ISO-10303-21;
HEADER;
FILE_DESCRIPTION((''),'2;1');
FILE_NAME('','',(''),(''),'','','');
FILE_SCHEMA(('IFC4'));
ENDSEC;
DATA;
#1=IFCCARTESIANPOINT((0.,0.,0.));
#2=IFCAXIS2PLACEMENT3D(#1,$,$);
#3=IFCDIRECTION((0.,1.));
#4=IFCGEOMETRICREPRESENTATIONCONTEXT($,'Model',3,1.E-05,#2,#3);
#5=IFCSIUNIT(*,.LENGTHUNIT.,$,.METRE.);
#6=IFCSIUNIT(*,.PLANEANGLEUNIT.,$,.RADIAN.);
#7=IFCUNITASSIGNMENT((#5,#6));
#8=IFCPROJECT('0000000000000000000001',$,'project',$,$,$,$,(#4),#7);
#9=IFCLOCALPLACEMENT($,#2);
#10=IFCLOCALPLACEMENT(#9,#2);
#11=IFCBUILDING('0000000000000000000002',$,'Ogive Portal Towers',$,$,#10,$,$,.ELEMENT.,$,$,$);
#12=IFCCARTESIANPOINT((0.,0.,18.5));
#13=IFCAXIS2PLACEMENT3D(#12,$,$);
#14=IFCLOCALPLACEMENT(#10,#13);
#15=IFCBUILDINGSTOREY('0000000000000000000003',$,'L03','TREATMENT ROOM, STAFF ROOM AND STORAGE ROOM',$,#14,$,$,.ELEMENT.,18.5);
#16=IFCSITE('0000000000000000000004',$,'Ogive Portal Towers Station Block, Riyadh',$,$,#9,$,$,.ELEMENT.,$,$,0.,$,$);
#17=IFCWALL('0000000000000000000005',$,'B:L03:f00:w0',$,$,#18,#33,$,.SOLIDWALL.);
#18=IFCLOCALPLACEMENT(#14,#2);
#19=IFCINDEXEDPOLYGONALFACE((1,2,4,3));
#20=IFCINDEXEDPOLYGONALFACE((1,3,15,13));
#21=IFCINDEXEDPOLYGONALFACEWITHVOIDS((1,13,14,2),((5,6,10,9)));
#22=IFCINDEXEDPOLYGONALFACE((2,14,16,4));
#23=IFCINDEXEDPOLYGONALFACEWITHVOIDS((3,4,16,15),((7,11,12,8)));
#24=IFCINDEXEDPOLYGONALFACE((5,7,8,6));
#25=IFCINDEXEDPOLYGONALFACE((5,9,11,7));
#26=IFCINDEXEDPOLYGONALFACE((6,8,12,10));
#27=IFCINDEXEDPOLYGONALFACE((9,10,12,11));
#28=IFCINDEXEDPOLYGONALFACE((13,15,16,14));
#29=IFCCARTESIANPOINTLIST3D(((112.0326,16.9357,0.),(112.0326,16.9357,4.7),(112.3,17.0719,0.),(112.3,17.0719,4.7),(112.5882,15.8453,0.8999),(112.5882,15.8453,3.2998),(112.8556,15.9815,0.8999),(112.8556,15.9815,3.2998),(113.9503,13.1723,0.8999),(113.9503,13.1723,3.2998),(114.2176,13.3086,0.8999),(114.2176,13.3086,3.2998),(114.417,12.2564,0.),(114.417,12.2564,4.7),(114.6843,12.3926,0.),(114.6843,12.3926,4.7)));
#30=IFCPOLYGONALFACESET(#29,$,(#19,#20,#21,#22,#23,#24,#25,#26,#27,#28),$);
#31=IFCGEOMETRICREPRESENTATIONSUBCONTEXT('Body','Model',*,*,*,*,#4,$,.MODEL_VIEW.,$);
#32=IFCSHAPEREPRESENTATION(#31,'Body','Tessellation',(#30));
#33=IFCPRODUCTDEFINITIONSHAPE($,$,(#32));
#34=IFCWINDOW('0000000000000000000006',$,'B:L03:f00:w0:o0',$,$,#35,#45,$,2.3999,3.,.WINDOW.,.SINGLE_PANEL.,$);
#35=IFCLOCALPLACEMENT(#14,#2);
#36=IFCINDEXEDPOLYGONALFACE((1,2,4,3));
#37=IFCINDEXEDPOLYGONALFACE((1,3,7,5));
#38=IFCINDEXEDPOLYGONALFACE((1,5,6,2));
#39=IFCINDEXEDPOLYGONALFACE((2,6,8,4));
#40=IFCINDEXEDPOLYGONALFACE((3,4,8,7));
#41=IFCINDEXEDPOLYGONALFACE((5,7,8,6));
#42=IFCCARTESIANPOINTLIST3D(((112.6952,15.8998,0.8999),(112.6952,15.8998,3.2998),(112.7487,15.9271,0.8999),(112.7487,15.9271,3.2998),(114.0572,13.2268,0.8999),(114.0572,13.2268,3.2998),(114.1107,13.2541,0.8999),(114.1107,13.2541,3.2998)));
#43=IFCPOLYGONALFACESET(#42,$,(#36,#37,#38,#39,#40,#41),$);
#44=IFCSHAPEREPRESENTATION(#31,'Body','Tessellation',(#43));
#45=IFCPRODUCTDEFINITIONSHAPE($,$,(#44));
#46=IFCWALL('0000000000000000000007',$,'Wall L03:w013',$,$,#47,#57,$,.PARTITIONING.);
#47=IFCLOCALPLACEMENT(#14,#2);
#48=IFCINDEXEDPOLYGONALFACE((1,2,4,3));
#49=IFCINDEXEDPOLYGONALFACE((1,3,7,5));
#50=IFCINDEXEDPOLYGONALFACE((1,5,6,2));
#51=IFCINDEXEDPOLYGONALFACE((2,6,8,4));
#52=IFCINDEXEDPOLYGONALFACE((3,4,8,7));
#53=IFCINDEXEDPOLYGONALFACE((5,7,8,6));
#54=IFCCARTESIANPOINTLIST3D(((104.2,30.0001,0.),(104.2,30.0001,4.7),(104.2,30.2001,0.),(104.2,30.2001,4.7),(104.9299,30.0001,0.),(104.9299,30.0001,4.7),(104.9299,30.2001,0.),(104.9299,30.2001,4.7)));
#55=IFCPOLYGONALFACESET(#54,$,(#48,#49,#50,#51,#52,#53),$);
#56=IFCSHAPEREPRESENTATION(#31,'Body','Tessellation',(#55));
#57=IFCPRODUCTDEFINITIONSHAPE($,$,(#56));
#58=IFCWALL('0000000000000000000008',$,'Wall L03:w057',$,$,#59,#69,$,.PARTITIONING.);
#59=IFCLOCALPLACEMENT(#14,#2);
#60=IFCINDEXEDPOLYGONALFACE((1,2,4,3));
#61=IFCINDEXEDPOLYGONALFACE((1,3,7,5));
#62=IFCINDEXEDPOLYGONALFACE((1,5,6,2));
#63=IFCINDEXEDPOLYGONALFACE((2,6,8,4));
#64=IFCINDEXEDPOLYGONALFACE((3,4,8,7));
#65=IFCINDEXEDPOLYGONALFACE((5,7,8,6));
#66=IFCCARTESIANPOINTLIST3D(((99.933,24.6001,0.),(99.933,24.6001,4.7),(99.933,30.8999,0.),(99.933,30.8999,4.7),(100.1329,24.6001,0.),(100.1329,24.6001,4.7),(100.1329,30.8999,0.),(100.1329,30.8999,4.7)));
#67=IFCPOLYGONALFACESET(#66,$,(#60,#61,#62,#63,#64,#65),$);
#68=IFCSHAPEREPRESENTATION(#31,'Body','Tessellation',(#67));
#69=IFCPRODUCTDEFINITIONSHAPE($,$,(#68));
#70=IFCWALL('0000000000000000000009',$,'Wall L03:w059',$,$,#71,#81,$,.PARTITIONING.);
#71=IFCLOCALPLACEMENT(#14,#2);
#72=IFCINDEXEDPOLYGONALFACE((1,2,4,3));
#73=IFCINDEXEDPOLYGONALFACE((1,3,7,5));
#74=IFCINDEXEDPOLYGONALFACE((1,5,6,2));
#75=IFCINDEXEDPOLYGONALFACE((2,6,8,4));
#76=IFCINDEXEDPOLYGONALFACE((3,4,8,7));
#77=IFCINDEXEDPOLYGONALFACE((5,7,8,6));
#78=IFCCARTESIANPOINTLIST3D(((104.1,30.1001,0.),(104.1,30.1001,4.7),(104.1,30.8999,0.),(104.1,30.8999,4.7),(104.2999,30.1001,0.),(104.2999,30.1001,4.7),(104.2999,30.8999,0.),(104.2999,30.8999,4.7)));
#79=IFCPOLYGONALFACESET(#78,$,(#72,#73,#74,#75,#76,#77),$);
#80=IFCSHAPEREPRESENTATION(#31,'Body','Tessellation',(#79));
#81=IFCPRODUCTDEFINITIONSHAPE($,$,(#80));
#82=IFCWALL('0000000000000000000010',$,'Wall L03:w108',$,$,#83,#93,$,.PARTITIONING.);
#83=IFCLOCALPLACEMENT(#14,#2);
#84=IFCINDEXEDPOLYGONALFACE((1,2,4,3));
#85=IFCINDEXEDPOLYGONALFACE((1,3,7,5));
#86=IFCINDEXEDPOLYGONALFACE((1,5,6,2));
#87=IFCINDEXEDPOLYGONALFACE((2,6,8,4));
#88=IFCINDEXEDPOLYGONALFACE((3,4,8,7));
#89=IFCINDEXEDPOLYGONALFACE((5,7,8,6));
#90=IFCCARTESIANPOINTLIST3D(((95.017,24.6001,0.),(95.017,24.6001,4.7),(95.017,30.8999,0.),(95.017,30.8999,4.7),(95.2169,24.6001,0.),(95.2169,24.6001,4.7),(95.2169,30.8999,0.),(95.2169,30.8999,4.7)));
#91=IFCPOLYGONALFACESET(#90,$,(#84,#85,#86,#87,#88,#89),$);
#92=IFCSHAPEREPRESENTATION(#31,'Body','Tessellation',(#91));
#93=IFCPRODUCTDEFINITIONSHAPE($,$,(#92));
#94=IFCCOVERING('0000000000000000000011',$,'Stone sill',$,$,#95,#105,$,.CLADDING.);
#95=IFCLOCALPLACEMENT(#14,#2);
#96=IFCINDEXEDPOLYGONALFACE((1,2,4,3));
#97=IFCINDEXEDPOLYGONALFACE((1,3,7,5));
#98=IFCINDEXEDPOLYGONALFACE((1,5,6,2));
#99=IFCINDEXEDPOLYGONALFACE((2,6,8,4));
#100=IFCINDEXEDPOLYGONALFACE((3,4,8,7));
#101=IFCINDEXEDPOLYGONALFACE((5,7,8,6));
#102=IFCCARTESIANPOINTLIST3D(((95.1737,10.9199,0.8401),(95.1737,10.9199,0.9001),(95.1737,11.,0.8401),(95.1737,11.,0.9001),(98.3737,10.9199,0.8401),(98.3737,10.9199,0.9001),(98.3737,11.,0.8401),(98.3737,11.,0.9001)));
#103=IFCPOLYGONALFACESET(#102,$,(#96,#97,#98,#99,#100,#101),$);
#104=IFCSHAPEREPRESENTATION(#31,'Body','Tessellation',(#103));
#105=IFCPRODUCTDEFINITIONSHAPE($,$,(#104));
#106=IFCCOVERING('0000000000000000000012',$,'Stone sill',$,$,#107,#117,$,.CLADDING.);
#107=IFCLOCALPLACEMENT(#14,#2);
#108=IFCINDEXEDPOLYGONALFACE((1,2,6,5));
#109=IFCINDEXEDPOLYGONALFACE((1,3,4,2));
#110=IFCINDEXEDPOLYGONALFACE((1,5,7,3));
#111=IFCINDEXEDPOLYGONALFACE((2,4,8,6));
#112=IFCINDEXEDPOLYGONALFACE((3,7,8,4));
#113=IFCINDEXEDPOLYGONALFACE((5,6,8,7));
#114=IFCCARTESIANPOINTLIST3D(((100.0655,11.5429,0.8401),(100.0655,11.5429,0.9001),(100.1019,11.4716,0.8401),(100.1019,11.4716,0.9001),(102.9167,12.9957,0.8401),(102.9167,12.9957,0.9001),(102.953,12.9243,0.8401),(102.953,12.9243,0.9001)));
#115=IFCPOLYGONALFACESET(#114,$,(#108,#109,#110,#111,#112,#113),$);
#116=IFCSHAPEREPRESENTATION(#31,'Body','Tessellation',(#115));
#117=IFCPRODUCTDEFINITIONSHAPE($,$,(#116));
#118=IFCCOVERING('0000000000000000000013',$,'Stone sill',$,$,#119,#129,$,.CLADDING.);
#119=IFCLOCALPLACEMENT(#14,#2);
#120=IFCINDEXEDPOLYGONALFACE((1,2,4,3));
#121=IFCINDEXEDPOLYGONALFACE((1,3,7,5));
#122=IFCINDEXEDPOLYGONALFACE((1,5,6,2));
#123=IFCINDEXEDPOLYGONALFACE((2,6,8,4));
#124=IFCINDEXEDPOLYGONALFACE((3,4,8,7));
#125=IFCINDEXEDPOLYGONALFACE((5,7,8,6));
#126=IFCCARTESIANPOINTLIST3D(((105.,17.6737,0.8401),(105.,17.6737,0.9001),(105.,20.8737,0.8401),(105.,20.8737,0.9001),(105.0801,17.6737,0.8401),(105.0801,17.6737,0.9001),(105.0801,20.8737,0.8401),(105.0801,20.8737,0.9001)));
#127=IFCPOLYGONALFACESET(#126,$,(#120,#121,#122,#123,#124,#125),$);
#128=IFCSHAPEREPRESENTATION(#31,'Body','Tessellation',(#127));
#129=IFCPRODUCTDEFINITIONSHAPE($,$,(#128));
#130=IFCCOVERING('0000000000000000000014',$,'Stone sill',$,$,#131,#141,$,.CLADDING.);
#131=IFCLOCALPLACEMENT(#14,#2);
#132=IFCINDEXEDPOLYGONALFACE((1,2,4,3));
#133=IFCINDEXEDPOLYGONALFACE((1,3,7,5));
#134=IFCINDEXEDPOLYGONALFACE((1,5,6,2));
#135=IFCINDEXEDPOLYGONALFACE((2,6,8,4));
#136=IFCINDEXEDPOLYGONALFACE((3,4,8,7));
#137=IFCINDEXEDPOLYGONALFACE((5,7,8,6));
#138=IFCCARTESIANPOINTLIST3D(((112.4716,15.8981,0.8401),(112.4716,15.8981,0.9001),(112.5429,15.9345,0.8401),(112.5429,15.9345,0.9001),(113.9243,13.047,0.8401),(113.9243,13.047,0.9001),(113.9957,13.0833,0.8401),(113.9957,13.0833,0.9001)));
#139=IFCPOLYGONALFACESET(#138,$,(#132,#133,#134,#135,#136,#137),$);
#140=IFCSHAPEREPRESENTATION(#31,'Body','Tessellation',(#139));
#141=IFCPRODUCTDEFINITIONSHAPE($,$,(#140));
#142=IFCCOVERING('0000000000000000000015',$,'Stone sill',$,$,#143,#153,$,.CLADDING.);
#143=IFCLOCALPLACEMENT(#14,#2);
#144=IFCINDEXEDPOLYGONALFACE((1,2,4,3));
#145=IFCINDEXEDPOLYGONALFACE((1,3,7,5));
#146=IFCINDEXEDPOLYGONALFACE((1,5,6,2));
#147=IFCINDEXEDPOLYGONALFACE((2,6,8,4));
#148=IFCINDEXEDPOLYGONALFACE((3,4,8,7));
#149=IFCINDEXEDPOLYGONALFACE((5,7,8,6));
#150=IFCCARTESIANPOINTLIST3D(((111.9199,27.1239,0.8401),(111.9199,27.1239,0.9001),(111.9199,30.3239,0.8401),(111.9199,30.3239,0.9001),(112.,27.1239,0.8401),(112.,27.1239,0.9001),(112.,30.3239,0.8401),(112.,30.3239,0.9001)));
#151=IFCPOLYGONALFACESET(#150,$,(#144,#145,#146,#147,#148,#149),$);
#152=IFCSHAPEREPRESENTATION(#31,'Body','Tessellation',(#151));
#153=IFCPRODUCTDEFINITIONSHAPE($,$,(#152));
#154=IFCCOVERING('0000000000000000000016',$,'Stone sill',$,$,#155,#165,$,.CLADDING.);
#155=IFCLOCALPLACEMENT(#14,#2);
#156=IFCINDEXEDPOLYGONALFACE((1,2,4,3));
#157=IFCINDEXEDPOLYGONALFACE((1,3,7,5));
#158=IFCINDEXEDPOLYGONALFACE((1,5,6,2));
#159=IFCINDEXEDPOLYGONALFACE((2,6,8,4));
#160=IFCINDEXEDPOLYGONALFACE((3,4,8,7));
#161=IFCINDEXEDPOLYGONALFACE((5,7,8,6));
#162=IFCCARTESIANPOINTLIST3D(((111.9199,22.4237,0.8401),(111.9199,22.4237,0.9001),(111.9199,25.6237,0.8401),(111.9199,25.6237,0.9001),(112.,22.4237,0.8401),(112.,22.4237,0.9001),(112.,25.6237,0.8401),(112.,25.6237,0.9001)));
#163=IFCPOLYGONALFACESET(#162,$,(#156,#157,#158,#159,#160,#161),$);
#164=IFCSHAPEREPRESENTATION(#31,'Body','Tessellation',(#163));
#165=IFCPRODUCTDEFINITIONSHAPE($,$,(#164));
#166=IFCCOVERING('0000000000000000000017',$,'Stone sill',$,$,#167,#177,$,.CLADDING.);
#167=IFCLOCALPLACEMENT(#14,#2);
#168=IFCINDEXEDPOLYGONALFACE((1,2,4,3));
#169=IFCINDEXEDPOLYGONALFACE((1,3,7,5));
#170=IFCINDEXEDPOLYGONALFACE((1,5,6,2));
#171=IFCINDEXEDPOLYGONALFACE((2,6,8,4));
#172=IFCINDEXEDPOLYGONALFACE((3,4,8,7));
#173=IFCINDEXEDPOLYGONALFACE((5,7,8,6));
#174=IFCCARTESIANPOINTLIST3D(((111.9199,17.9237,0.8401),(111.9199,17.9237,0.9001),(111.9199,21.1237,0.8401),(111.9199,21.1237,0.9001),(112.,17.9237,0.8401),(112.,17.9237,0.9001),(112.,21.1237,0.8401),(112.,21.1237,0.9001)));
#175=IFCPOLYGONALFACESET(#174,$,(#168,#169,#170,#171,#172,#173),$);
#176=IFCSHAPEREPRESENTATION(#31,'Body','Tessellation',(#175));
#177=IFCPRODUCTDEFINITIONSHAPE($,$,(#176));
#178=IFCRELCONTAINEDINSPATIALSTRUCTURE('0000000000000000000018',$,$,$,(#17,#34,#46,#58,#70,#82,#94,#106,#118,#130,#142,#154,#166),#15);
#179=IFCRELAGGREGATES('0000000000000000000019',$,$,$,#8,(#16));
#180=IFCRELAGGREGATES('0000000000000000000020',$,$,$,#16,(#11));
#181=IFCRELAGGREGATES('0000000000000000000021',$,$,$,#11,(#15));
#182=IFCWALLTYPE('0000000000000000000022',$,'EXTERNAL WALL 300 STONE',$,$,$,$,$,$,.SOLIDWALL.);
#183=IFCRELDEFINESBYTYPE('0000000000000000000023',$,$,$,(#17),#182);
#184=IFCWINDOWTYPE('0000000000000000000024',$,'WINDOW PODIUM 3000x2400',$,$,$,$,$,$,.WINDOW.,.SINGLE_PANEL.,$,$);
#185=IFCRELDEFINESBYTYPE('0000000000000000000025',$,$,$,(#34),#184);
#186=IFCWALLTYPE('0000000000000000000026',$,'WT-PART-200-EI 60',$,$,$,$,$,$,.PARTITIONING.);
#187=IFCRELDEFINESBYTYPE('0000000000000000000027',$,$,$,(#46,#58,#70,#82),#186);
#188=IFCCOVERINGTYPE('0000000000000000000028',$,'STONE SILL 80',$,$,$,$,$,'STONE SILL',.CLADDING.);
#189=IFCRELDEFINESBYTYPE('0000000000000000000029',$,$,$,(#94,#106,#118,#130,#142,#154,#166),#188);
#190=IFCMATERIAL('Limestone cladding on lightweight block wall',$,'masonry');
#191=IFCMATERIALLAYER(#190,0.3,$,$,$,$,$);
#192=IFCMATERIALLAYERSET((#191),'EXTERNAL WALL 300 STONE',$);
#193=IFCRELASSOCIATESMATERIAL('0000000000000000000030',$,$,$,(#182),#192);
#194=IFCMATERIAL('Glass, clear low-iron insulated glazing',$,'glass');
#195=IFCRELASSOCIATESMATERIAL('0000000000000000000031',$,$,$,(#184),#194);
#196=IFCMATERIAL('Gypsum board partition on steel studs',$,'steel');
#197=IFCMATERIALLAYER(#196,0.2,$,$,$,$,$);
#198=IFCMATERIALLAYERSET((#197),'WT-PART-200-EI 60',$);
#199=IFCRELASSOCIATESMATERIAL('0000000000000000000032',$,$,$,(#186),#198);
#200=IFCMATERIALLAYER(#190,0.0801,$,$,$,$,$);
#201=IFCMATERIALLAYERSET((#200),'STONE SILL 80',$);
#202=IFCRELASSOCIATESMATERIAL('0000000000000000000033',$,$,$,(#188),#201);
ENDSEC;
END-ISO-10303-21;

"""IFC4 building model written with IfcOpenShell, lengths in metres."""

from ifc_helpers import new_model, si_unit, direction, frame, frame_2d, origin, origin_2d, place, context, subcontext, project, spatial, rectangle, extrude, material, layer, layer_set, type_object, element, fill, save


model = new_model("IFC4")

# Units and contexts
model_context = context("Model", 3, precision=1e-05, world=origin(), true_north=direction((0.0, 1.0)))
body_context = subcontext(model_context, "Body", "Model", "MODEL_VIEW")
ifc_project = project(units=[si_unit("LENGTHUNIT", "METRE"), si_unit("PLANEANGLEUNIT", "RADIAN")], contexts=[model_context])

# Site, building, storey
site_placement = place(None, origin())
site = spatial("IfcSite", under=ifc_project, at=site_placement, Name="Ogive Portal Towers Station Block, Riyadh", CompositionType="ELEMENT", RefElevation=0.0)
building_placement = place(site_placement, origin())
building = spatial("IfcBuilding", under=site, at=building_placement, Name="Ogive Portal Towers", CompositionType="ELEMENT")
storey_placement = place(building_placement, frame((0.0, 0.0, 18.5)))
storey = spatial("IfcBuildingStorey", under=building, at=storey_placement, Name="L03", Description="TREATMENT ROOM, STAFF ROOM AND STORAGE ROOM", CompositionType="ELEMENT", Elevation=18.5)

# Shared definitions
ifc_material_1 = material(Name="Limestone cladding on lightweight block wall", Category="masonry")
ifc_layer_1 = layer(ifc_material_1, 0.3)
ifc_layer_set_1 = layer_set([ifc_layer_1], Name="EXTERNAL WALL 300 STONE")
wall_type_1 = type_object("IfcWallType", Name="EXTERNAL WALL 300 STONE", PredefinedType="SOLIDWALL", material=ifc_layer_set_1)
ifc_material_2 = material(Name="Glass, clear low-iron insulated glazing", Category="glass")
window_type = type_object("IfcWindowType", Name="WINDOW PODIUM 3000x2400", PartitioningType="SINGLE_PANEL", PredefinedType="WINDOW", material=ifc_material_2)

# Wall, opening, window
wall_1_placement = place(storey_placement, frame((112.1663, 17.0039, 0.0), z_axis=(0.0, 0.0, 1.0), x_axis=(0.454007, -0.890998, 0.0)))
wall_1 = element("IfcWall", 1, at=wall_1_placement, inside=storey, type_object=wall_type_1, Name="B:L03:f00:w0", PredefinedType="SOLIDWALL", context=body_context, shape_type="SweptSolid", body=[
    extrude(rectangle(XDim=5.2517, YDim=0.3, at=frame_2d((2.626, 0.0))), origin(), (0.0, 0.0, 1.0), 4.7),
])
opening_1_placement = place(wall_1_placement, frame((1.2239, 0.0, 0.8999)))
opening_1 = element("IfcOpeningElement", 2, at=opening_1_placement, cuts=wall_1, PredefinedType="OPENING", context=body_context, shape_type="SweptSolid", body=[
    extrude(rectangle(XDim=3.0, YDim=2.3999, at=frame_2d((1.5, 1.2))), frame((0.0, 0.1602, 0.0), z_axis=(0.0, -1.0, 0.0), x_axis=(1.0, 0.0, 0.0)), (0.0, 0.0, 1.0), 0.3201),
])
window_1_placement = place(opening_1_placement, origin())
window_1 = element("IfcWindow", 3, at=window_1_placement, inside=storey, type_object=window_type, Name="B:L03:f00:w0:o0", OverallHeight=2.3999, OverallWidth=3.0, PartitioningType="SINGLE_PANEL", PredefinedType="WINDOW", context=body_context, shape_type="SweptSolid", body=[
    extrude(rectangle(XDim=3.0, YDim=2.3999, at=frame_2d((1.5, 1.2))), frame((0.0, 0.03, 0.0), z_axis=(0.0, -1.0, 0.0), x_axis=(1.0, 0.0, 0.0)), (0.0, 0.0, 1.0), 0.0601),
])
fill(opening_1, window_1)

# Walls
ifc_material_3 = material(Name="Gypsum board partition on steel studs", Category="steel")
ifc_layer_2 = layer(ifc_material_3, 0.2)
ifc_layer_set_2 = layer_set([ifc_layer_2], Name="WT-PART-200-EI 60")
wall_type_2 = type_object("IfcWallType", Name="WT-PART-200-EI 60", PredefinedType="PARTITIONING", material=ifc_layer_set_2)
wall_2_placement = place(storey_placement, frame((104.2, 30.1001, 0.0), z_axis=(0.0, 0.0, 1.0), x_axis=(1.0, 0.0, 0.0)))
element("IfcWall", 4, at=wall_2_placement, inside=storey, type_object=wall_type_2, Name="Wall L03:w013", PredefinedType="PARTITIONING", context=body_context, shape_type="SweptSolid", body=[
    extrude(rectangle(XDim=0.73, YDim=0.2, at=frame_2d((0.365, 0.0))), origin(), (0.0, 0.0, 1.0), 4.7),
])
wall_3_placement = place(storey_placement, frame((100.033, 24.6001, 0.0), z_axis=(0.0, 0.0, 1.0), x_axis=(0.0, 1.0, 0.0)))
element("IfcWall", 5, at=wall_3_placement, inside=storey, type_object=wall_type_2, Name="Wall L03:w057", PredefinedType="PARTITIONING", context=body_context, shape_type="SweptSolid", body=[
    extrude(rectangle(XDim=6.2998, YDim=0.2, at=frame_2d((3.1499, 0.0))), origin(), (0.0, 0.0, 1.0), 4.7),
])
wall_4_placement = place(storey_placement, frame((104.2, 30.1001, 0.0), z_axis=(0.0, 0.0, 1.0), x_axis=(0.0, 1.0, 0.0)))
element("IfcWall", 6, at=wall_4_placement, inside=storey, type_object=wall_type_2, Name="Wall L03:w059", PredefinedType="PARTITIONING", context=body_context, shape_type="SweptSolid", body=[
    extrude(rectangle(XDim=0.7998, YDim=0.2, at=frame_2d((0.3999, 0.0))), origin(), (0.0, 0.0, 1.0), 4.7),
])
wall_5_placement = place(storey_placement, frame((95.1169, 24.6001, 0.0), z_axis=(0.0, 0.0, 1.0), x_axis=(0.0, 1.0, 0.0)))
element("IfcWall", 7, at=wall_5_placement, inside=storey, type_object=wall_type_2, Name="Wall L03:w108", PredefinedType="PARTITIONING", context=body_context, shape_type="SweptSolid", body=[
    extrude(rectangle(XDim=6.2998, YDim=0.2, at=frame_2d((3.1499, 0.0))), origin(), (0.0, 0.0, 1.0), 4.7),
])

# Coverings
ifc_layer_3 = layer(ifc_material_1, 0.0801)
ifc_layer_set_3 = layer_set([ifc_layer_3], Name="STONE SILL 80")
covering_type = type_object("IfcCoveringType", Name="STONE SILL 80", ElementType="STONE SILL", PredefinedType="CLADDING", material=ifc_layer_set_3)
for number, where, z_axis, x_axis, name in (
    (8, (96.7737, 10.96, 0.8401), (0.0, 0.0, 1.0), (1.0, 0.0, 0.0), "Stone sill"),
    (9, (101.5093, 12.2336, 0.8401), (0.0, 0.0, 1.0), (0.891007, 0.45399, 0.0), "Stone sill"),
    (10, (105.04, 19.2737, 0.8401), (0.0, 0.0, 1.0), (0.0, 1.0, 0.0), "Stone sill"),
    (11, (113.2336, 14.4907, 0.8401), (0.0, 0.0, 1.0), (0.45399, -0.891007, 0.0), "Stone sill"),
    (12, (111.96, 28.7239, 0.8401), (0.0, 0.0, 1.0), (0.0, -1.0, 0.0), "Stone sill"),
    (13, (111.96, 24.0237, 0.8401), (0.0, 0.0, 1.0), (0.0, -1.0, 0.0), "Stone sill"),
    (14, (111.96, 19.5237, 0.8401), (0.0, 0.0, 1.0), (0.0, -1.0, 0.0), "Stone sill"),
):
    element("IfcCovering", number, at=place(storey_placement, frame(where, z_axis=z_axis, x_axis=x_axis)), inside=storey, type_object=covering_type, Name=name, PredefinedType="CLADDING", context=body_context, shape_type="SweptSolid", body=[
        extrude(rectangle(XDim=3.2, YDim=0.0801, at=origin_2d()), origin(), (0.0, 0.0, 1.0), 0.0601),
    ])

save(model, "model.ifc")
